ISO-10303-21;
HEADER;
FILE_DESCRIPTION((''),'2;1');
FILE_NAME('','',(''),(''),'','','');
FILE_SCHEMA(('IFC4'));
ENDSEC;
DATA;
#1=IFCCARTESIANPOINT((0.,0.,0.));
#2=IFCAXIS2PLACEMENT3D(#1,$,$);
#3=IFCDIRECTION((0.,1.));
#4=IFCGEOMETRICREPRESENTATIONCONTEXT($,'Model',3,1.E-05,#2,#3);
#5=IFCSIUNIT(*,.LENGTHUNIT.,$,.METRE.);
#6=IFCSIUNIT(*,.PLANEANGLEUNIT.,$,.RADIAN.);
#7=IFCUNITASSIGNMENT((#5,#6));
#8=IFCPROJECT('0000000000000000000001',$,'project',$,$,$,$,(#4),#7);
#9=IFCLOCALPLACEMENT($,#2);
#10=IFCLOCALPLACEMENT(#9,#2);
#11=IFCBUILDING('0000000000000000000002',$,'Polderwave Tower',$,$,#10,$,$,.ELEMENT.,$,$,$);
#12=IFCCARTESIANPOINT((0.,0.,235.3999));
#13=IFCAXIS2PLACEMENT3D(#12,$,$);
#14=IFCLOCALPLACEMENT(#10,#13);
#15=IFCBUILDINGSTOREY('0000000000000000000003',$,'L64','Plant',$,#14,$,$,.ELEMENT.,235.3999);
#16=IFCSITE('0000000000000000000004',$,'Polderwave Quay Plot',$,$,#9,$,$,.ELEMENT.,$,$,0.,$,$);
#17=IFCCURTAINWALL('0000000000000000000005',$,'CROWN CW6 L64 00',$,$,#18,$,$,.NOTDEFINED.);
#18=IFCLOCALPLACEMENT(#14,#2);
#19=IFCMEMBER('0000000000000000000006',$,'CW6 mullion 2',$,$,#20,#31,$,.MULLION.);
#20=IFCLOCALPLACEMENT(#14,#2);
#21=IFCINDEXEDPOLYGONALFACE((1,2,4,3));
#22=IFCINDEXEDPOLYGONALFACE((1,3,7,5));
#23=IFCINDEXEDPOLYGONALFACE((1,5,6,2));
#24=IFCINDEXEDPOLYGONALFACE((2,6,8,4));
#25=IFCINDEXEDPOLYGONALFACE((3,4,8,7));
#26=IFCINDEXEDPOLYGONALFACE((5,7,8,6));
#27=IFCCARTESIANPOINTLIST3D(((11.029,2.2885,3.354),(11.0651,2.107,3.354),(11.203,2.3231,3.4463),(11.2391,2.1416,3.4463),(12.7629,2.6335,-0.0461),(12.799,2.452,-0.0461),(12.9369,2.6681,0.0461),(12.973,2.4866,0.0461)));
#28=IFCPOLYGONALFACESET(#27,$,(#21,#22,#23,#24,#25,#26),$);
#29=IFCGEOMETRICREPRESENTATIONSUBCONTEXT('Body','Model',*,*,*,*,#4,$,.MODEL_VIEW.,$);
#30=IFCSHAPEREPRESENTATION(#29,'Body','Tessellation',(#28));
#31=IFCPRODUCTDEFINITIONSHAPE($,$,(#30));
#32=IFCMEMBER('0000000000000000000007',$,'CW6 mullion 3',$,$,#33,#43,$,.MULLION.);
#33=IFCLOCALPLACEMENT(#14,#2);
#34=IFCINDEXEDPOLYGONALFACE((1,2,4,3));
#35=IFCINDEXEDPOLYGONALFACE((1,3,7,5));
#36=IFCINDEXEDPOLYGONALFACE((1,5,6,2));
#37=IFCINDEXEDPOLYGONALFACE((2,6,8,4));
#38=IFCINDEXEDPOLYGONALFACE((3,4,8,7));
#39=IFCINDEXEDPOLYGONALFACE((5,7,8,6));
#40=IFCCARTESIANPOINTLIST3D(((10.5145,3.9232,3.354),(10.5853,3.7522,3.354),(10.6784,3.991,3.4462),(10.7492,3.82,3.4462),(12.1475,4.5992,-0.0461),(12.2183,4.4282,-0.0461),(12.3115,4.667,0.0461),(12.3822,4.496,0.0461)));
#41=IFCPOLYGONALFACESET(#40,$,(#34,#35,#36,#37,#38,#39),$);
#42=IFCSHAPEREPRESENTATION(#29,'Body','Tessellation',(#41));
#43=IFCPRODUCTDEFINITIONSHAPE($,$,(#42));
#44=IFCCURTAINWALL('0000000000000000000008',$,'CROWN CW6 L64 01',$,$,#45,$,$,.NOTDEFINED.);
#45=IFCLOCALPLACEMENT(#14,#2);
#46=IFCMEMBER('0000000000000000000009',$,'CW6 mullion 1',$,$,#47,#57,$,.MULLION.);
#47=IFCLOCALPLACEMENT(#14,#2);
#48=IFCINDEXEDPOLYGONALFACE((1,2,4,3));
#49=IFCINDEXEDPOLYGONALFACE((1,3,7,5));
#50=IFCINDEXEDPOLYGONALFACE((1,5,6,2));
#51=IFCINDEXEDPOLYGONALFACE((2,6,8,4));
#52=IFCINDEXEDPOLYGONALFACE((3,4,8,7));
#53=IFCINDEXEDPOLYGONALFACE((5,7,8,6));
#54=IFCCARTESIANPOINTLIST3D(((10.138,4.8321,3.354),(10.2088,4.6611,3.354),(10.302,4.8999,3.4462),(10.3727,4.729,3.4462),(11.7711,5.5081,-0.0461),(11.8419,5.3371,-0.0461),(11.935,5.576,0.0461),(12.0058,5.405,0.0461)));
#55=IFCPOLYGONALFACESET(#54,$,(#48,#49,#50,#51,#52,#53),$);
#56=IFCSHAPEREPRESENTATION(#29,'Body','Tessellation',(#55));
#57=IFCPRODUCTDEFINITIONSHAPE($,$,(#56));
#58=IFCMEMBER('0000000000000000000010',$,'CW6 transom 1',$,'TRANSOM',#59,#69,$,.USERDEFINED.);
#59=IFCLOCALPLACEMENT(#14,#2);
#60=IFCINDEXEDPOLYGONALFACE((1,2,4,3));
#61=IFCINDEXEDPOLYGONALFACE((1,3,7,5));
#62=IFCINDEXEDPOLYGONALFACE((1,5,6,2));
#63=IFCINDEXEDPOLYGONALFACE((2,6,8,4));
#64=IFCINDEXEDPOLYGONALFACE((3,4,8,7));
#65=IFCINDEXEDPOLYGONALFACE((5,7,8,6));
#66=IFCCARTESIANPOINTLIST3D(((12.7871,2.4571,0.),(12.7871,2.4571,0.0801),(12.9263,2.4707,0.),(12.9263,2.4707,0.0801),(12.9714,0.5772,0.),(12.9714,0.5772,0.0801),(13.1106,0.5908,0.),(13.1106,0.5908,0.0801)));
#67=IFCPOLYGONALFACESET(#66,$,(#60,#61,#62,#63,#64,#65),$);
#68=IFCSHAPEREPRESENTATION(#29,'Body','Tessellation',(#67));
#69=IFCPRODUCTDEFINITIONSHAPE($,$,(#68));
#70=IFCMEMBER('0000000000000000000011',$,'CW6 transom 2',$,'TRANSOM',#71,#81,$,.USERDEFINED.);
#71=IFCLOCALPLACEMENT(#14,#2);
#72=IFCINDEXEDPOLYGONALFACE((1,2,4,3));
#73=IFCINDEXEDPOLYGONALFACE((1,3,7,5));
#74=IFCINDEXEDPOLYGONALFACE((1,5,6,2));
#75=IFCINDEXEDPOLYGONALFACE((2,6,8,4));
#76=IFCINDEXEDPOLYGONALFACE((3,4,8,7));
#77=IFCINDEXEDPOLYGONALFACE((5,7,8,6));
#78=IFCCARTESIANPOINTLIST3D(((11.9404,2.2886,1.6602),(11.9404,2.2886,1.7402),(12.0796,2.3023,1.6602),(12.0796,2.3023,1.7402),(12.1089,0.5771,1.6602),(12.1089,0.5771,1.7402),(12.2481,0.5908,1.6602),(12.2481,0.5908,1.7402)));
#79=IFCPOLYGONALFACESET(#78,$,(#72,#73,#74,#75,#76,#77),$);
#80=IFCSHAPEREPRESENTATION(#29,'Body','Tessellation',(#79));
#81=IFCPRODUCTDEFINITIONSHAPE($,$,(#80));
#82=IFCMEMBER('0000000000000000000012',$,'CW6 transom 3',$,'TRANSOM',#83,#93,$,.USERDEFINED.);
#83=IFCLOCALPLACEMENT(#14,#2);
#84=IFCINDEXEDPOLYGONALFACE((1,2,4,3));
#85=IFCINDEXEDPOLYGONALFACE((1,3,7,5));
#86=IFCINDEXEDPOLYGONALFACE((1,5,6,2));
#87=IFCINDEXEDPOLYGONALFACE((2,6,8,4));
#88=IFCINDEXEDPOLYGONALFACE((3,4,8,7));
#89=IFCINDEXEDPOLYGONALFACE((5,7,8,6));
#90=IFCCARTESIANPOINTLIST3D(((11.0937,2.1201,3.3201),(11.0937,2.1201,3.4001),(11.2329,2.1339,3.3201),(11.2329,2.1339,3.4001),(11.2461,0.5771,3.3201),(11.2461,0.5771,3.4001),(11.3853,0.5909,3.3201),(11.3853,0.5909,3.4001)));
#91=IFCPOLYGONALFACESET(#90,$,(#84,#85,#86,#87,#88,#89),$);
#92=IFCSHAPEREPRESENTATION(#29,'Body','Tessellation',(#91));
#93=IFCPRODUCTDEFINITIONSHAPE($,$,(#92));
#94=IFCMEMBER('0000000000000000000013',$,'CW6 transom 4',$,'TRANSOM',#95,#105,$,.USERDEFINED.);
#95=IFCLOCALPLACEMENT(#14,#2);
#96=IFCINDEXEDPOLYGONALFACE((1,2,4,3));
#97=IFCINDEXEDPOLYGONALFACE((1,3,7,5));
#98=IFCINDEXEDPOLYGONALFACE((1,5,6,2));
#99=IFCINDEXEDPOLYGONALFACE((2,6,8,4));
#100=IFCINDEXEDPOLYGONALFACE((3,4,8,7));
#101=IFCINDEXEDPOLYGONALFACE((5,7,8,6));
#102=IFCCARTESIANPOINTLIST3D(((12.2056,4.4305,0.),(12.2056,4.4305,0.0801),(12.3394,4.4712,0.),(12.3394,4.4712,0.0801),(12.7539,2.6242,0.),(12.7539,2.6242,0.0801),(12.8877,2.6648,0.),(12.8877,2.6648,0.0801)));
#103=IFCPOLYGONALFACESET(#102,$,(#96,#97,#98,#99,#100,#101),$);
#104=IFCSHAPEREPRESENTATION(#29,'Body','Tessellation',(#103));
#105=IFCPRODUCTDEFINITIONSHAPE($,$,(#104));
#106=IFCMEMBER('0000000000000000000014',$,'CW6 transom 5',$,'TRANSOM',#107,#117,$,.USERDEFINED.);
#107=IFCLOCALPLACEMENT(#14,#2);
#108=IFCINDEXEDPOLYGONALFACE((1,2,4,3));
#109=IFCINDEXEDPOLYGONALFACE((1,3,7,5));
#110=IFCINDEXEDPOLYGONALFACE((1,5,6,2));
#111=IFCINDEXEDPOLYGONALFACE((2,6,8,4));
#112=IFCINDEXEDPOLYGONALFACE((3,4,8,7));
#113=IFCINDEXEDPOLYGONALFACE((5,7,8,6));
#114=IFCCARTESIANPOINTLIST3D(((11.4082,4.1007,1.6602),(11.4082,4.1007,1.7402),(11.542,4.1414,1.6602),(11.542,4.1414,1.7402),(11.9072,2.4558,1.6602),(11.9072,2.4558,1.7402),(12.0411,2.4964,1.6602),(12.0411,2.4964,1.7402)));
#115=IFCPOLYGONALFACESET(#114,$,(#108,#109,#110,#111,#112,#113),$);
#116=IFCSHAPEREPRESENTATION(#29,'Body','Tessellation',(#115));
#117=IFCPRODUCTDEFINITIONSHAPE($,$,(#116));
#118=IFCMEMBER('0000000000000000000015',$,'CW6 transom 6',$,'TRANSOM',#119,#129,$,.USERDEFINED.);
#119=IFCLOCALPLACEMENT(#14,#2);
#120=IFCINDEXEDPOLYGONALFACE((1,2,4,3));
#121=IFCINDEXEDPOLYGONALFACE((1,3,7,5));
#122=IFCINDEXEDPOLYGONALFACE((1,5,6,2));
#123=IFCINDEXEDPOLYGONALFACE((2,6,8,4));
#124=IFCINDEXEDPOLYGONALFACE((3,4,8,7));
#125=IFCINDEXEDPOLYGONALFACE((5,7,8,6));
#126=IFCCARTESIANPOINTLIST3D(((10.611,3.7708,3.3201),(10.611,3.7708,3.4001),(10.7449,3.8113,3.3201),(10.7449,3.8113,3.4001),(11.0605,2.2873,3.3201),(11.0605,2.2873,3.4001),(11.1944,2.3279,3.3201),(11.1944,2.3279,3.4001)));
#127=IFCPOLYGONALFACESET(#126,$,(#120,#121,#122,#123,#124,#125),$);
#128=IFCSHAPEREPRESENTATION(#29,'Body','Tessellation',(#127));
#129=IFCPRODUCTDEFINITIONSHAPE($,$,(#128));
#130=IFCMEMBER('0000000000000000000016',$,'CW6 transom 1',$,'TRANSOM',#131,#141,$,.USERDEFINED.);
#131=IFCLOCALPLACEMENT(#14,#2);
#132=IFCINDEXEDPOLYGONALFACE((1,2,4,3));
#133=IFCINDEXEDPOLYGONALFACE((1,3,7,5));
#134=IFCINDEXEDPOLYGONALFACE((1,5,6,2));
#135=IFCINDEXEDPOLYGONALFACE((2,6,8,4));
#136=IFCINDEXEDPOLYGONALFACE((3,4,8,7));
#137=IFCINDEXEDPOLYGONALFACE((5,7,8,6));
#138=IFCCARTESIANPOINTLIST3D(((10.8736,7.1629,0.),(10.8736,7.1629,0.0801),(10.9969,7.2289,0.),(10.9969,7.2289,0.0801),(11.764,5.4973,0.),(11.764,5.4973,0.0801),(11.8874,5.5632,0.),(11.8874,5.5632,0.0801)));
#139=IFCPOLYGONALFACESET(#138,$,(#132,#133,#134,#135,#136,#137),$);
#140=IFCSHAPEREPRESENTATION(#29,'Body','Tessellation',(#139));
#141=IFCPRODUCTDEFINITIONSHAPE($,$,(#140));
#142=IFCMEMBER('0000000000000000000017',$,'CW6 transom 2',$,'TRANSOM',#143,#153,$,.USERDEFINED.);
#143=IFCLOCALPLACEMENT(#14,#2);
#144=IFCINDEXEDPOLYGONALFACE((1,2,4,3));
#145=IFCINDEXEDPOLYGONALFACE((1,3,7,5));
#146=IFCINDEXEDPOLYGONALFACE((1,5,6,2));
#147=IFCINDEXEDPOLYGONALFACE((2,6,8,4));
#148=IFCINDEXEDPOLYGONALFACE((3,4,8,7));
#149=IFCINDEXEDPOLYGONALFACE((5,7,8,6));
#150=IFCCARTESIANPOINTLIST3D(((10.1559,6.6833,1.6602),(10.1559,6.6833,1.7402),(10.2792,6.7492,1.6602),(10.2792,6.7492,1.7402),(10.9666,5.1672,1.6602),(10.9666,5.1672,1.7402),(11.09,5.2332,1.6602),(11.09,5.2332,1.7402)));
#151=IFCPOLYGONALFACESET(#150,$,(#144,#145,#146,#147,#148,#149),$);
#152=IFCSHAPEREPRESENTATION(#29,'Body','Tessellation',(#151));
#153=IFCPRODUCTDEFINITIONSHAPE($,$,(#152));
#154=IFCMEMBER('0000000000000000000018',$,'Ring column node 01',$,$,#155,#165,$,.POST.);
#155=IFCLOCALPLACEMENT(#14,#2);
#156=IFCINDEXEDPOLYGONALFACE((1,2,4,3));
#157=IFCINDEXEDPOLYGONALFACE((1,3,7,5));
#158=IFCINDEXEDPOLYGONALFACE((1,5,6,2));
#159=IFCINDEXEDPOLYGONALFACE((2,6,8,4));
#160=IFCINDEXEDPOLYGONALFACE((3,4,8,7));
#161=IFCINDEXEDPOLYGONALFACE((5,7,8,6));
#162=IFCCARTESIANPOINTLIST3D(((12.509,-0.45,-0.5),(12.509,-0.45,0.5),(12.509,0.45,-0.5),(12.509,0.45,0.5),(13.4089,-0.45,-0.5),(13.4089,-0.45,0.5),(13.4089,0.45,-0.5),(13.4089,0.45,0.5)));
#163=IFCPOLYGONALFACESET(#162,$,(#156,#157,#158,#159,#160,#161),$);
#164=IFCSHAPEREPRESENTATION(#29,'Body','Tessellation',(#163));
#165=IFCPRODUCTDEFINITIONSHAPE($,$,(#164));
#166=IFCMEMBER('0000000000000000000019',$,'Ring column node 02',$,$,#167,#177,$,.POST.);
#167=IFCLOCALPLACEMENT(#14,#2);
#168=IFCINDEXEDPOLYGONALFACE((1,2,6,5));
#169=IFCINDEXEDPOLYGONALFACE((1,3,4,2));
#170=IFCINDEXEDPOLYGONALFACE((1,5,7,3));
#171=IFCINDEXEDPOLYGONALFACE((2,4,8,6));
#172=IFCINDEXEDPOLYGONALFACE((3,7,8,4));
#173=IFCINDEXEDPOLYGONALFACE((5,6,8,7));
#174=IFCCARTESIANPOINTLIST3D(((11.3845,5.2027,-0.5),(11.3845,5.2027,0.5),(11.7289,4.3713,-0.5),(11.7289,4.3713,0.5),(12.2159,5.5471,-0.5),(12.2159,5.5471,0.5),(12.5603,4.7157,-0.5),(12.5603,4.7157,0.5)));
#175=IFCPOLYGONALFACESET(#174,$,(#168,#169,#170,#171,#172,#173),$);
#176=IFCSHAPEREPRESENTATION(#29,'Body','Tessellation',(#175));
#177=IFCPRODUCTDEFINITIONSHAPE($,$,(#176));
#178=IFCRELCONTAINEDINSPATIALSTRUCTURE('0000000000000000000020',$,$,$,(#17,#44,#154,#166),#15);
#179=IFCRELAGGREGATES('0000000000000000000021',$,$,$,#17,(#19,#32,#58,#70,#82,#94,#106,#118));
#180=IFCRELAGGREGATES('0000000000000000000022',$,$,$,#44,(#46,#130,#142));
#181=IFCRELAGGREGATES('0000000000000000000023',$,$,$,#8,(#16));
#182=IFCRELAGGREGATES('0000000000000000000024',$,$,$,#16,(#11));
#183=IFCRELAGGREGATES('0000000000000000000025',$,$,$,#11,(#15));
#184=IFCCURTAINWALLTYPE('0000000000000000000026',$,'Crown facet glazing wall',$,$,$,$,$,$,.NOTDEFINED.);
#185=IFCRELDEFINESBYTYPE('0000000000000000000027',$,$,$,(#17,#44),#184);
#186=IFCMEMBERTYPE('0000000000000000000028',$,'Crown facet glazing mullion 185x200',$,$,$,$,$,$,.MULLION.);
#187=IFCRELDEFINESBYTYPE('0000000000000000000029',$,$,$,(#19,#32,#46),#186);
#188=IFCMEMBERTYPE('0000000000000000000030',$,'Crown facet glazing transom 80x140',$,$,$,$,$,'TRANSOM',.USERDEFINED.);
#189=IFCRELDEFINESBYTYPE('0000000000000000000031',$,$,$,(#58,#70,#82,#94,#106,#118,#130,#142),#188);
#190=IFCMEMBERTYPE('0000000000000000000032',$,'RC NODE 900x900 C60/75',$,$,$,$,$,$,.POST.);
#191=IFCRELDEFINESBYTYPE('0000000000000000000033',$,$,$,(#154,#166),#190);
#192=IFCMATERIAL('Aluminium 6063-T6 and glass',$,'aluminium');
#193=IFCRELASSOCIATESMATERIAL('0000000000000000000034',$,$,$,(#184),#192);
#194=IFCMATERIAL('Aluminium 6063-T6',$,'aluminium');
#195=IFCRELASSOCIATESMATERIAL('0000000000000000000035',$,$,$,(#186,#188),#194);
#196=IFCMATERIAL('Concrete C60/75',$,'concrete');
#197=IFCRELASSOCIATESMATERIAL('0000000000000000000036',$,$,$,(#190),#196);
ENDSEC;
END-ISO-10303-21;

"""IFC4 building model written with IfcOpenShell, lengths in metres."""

from ifc_helpers import new_model, si_unit, direction, frame, origin, origin_2d, place, context, subcontext, project, spatial, rectangle, extrude, material, material_profile, profile_set, type_object, element, aggregate, save


model = new_model("IFC4")

# Units and contexts
model_context = context("Model", 3, precision=1e-05, world=origin(), true_north=direction((0.0, 1.0)))
body_context = subcontext(model_context, "Body", "Model", "MODEL_VIEW")
ifc_project = project(units=[si_unit("LENGTHUNIT", "METRE"), si_unit("PLANEANGLEUNIT", "RADIAN")], contexts=[model_context])

# Site, building, storey
site_placement = place(None, origin())
site = spatial("IfcSite", under=ifc_project, at=site_placement, Name="Polderwave Quay Plot", CompositionType="ELEMENT", RefElevation=0.0)
building_placement = place(site_placement, origin())
building = spatial("IfcBuilding", under=site, at=building_placement, Name="Polderwave Tower", CompositionType="ELEMENT")
storey_placement = place(building_placement, frame((0.0, 0.0, 235.3999)))
storey = spatial("IfcBuildingStorey", under=building, at=storey_placement, Name="L64", Description="Plant", CompositionType="ELEMENT", Elevation=235.3999)

# Shared definitions
ifc_material_1 = material(Name="Concrete C60/75", Category="concrete")

# Curtain wall, members
ifc_material_2 = material(Name="Aluminium 6063-T6 and glass", Category="aluminium")
curtain_wall_type = type_object("IfcCurtainWallType", Name="Crown facet glazing wall", PredefinedType="NOTDEFINED", material=ifc_material_2)
curtain_wall_1_placement = place(storey_placement, origin())
curtain_wall_1 = element("IfcCurtainWall", 1, at=curtain_wall_1_placement, inside=storey, type_object=curtain_wall_type, Name="CROWN CW6 L64 00", PredefinedType="NOTDEFINED")
ifc_material_3 = material(Name="Aluminium 6063-T6", Category="aluminium")
ifc_material_profile_1 = material_profile(ifc_material_3, rectangle(XDim=0.1851, YDim=0.2, at=origin_2d()), Name="AL 185x200")
ifc_profile_set_1 = profile_set([ifc_material_profile_1], Name="Aluminium 6063-T6")
member_type_1 = type_object("IfcMemberType", Name="Crown facet glazing mullion 185x200", PredefinedType="MULLION", material=ifc_profile_set_1)
member_1_placement = place(storey_placement, frame((12.8679, 2.5601, 0.0), z_axis=(-0.452443, -0.090017, 0.887239), x_axis=(0.195133, -0.980777, 0.0)))
member_1 = element("IfcMember", 2, at=member_1_placement, type_object=member_type_1, Name="CW6 mullion 2", PredefinedType="MULLION", context=body_context, shape_type="SweptSolid", body=[
    extrude(rectangle(XDim=0.1851, YDim=0.2, at=origin_2d()), origin(), (0.0, 0.0, 1.0), 3.8323),
])
member_2_placement = place(storey_placement, frame((12.2649, 4.5476, 0.0), z_axis=(-0.426153, -0.176412, 0.887284), x_axis=(0.382486, -0.923961, 0.0)))
member_2 = element("IfcMember", 3, at=member_2_placement, type_object=member_type_1, Name="CW6 mullion 3", PredefinedType="MULLION", context=body_context, shape_type="SweptSolid", body=[
    extrude(rectangle(XDim=0.1851, YDim=0.2, at=origin_2d()), origin(), (0.0, 0.0, 1.0), 3.832),
])

# Curtain wall, member
curtain_wall_2_placement = place(storey_placement, origin())
curtain_wall_2 = element("IfcCurtainWall", 4, at=curtain_wall_2_placement, inside=storey, type_object=curtain_wall_type, Name="CROWN CW6 L64 01", PredefinedType="NOTDEFINED")
member_3_placement = place(storey_placement, frame((11.8884, 5.4565, 0.0), z_axis=(-0.426153, -0.176412, 0.887284), x_axis=(0.382486, -0.923961, 0.0)))
member_3 = element("IfcMember", 5, at=member_3_placement, type_object=member_type_1, Name="CW6 mullion 1", PredefinedType="MULLION", context=body_context, shape_type="SweptSolid", body=[
    extrude(rectangle(XDim=0.1851, YDim=0.2, at=origin_2d()), origin(), (0.0, 0.0, 1.0), 3.832),
])

# Members
ifc_material_profile_2 = material_profile(ifc_material_3, rectangle(XDim=0.1399, YDim=0.0801, at=origin_2d()), Name="AL 80x140")
ifc_profile_set_2 = profile_set([ifc_material_profile_2], Name="Aluminium 6063-T6")
member_type_2 = type_object("IfcMemberType", Name="Crown facet glazing transom 80x140", ElementType="TRANSOM", PredefinedType="USERDEFINED", material=ifc_profile_set_2)
member_4_placement = place(storey_placement, frame((13.041, 0.584, 0.04), z_axis=(-0.097584, 0.995227, 0.0), x_axis=(-0.995227, -0.097584, 0.0)))
member_4 = element("IfcMember", 6, at=member_4_placement, type_object=member_type_2, Name="CW6 transom 1", ObjectType="TRANSOM", PredefinedType="USERDEFINED", context=body_context, shape_type="SweptSolid", body=[
    extrude(rectangle(XDim=0.1399, YDim=0.0801, at=origin_2d()), origin(), (0.0, 0.0, 1.0), 1.8889),
])
member_5_placement = place(storey_placement, frame((12.1785, 0.584, 1.7002), z_axis=(-0.097957, 0.995191, 0.0), x_axis=(-0.995191, -0.097957, 0.0)))
member_5 = element("IfcMember", 7, at=member_5_placement, type_object=member_type_2, Name="CW6 transom 2", ObjectType="TRANSOM", PredefinedType="USERDEFINED", context=body_context, shape_type="SweptSolid", body=[
    extrude(rectangle(XDim=0.1399, YDim=0.0801, at=origin_2d()), origin(), (0.0, 0.0, 1.0), 1.7197),
])
member_6_placement = place(storey_placement, frame((11.3157, 0.584, 3.3601), z_axis=(-0.098256, 0.995161, 0.0), x_axis=(-0.995161, -0.098256, 0.0)))
member_6 = element("IfcMember", 8, at=member_6_placement, type_object=member_type_2, Name="CW6 transom 3", ObjectType="TRANSOM", PredefinedType="USERDEFINED", context=body_context, shape_type="SweptSolid", body=[
    extrude(rectangle(XDim=0.1399, YDim=0.0801, at=origin_2d()), origin(), (0.0, 0.0, 1.0), 1.5505),
])
member_7_placement = place(storey_placement, frame((12.8208, 2.6445, 0.04), z_axis=(-0.290467, 0.956885, 0.0), x_axis=(-0.956885, -0.290467, 0.0)))
member_7 = element("IfcMember", 9, at=member_7_placement, type_object=member_type_2, Name="CW6 transom 4", ObjectType="TRANSOM", PredefinedType="USERDEFINED", context=body_context, shape_type="SweptSolid", body=[
    extrude(rectangle(XDim=0.1399, YDim=0.0801, at=origin_2d()), origin(), (0.0, 0.0, 1.0), 1.8877),
])
member_8_placement = place(storey_placement, frame((11.9741, 2.4761, 1.7002), z_axis=(-0.290291, 0.956938, 0.0), x_axis=(-0.956938, -0.290291, 0.0)))
member_8 = element("IfcMember", 10, at=member_8_placement, type_object=member_type_2, Name="CW6 transom 5", ObjectType="TRANSOM", PredefinedType="USERDEFINED", context=body_context, shape_type="SweptSolid", body=[
    extrude(rectangle(XDim=0.1399, YDim=0.0801, at=origin_2d()), origin(), (0.0, 0.0, 1.0), 1.719),
])
member_9_placement = place(storey_placement, frame((11.1274, 2.3076, 3.3601), z_axis=(-0.289977, 0.957034, 0.0), x_axis=(-0.957034, -0.289977, 0.0)))
member_9 = element("IfcMember", 11, at=member_9_placement, type_object=member_type_2, Name="CW6 transom 6", ObjectType="TRANSOM", PredefinedType="USERDEFINED", context=body_context, shape_type="SweptSolid", body=[
    extrude(rectangle(XDim=0.1399, YDim=0.0801, at=origin_2d()), origin(), (0.0, 0.0, 1.0), 1.55),
])
member_10_placement = place(storey_placement, frame((11.8257, 5.5303, 0.04), z_axis=(-0.471454, 0.881891, 0.0), x_axis=(-0.881891, -0.471454, 0.0)))
member_10 = element("IfcMember", 12, at=member_10_placement, type_object=member_type_2, Name="CW6 transom 1", ObjectType="TRANSOM", PredefinedType="USERDEFINED", context=body_context, shape_type="SweptSolid", body=[
    extrude(rectangle(XDim=0.1399, YDim=0.0801, at=origin_2d()), origin(), (0.0, 0.0, 1.0), 1.8887),
])
member_11_placement = place(storey_placement, frame((11.0283, 5.2002, 1.7002), z_axis=(-0.471583, 0.881822, 0.0), x_axis=(-0.881822, -0.471583, 0.0)))
member_11 = element("IfcMember", 13, at=member_11_placement, type_object=member_type_2, Name="CW6 transom 2", ObjectType="TRANSOM", PredefinedType="USERDEFINED", context=body_context, shape_type="SweptSolid", body=[
    extrude(rectangle(XDim=0.1399, YDim=0.0801, at=origin_2d()), origin(), (0.0, 0.0, 1.0), 1.7192),
])

# Members
ifc_material_profile_3 = material_profile(ifc_material_1, rectangle(XDim=0.8999, YDim=0.8999, at=origin_2d()), Name="RC 900x900")
ifc_profile_set_3 = profile_set([ifc_material_profile_3], Name="Concrete C60/75")
member_type_3 = type_object("IfcMemberType", Name="RC NODE 900x900 C60/75", PredefinedType="POST", material=ifc_profile_set_3)
for number, where, z_axis, x_axis, name in (
    (14, (12.959, 0.0, -0.5), (0.0, 0.0, 1.0), (1.0, 0.0, 0.0), "Ring column node 01"),
    (15, (11.9724, 4.9592, -0.5), (0.0, 0.0, 1.0), (0.92388, 0.382683, 0.0), "Ring column node 02"),
):
    element("IfcMember", number, at=place(storey_placement, frame(where, z_axis=z_axis, x_axis=x_axis)), inside=storey, type_object=member_type_3, Name=name, PredefinedType="POST", context=body_context, shape_type="SweptSolid", body=[
        extrude(rectangle(XDim=0.8999, YDim=0.8999, at=origin_2d()), origin(), (0.0, 0.0, 1.0), 1.0),
    ])

aggregate(curtain_wall_1, [member_1, member_2, member_4, member_5, member_6, member_7, member_8, member_9])
aggregate(curtain_wall_2, [member_3, member_10, member_11])

save(model, "model.ifc")
